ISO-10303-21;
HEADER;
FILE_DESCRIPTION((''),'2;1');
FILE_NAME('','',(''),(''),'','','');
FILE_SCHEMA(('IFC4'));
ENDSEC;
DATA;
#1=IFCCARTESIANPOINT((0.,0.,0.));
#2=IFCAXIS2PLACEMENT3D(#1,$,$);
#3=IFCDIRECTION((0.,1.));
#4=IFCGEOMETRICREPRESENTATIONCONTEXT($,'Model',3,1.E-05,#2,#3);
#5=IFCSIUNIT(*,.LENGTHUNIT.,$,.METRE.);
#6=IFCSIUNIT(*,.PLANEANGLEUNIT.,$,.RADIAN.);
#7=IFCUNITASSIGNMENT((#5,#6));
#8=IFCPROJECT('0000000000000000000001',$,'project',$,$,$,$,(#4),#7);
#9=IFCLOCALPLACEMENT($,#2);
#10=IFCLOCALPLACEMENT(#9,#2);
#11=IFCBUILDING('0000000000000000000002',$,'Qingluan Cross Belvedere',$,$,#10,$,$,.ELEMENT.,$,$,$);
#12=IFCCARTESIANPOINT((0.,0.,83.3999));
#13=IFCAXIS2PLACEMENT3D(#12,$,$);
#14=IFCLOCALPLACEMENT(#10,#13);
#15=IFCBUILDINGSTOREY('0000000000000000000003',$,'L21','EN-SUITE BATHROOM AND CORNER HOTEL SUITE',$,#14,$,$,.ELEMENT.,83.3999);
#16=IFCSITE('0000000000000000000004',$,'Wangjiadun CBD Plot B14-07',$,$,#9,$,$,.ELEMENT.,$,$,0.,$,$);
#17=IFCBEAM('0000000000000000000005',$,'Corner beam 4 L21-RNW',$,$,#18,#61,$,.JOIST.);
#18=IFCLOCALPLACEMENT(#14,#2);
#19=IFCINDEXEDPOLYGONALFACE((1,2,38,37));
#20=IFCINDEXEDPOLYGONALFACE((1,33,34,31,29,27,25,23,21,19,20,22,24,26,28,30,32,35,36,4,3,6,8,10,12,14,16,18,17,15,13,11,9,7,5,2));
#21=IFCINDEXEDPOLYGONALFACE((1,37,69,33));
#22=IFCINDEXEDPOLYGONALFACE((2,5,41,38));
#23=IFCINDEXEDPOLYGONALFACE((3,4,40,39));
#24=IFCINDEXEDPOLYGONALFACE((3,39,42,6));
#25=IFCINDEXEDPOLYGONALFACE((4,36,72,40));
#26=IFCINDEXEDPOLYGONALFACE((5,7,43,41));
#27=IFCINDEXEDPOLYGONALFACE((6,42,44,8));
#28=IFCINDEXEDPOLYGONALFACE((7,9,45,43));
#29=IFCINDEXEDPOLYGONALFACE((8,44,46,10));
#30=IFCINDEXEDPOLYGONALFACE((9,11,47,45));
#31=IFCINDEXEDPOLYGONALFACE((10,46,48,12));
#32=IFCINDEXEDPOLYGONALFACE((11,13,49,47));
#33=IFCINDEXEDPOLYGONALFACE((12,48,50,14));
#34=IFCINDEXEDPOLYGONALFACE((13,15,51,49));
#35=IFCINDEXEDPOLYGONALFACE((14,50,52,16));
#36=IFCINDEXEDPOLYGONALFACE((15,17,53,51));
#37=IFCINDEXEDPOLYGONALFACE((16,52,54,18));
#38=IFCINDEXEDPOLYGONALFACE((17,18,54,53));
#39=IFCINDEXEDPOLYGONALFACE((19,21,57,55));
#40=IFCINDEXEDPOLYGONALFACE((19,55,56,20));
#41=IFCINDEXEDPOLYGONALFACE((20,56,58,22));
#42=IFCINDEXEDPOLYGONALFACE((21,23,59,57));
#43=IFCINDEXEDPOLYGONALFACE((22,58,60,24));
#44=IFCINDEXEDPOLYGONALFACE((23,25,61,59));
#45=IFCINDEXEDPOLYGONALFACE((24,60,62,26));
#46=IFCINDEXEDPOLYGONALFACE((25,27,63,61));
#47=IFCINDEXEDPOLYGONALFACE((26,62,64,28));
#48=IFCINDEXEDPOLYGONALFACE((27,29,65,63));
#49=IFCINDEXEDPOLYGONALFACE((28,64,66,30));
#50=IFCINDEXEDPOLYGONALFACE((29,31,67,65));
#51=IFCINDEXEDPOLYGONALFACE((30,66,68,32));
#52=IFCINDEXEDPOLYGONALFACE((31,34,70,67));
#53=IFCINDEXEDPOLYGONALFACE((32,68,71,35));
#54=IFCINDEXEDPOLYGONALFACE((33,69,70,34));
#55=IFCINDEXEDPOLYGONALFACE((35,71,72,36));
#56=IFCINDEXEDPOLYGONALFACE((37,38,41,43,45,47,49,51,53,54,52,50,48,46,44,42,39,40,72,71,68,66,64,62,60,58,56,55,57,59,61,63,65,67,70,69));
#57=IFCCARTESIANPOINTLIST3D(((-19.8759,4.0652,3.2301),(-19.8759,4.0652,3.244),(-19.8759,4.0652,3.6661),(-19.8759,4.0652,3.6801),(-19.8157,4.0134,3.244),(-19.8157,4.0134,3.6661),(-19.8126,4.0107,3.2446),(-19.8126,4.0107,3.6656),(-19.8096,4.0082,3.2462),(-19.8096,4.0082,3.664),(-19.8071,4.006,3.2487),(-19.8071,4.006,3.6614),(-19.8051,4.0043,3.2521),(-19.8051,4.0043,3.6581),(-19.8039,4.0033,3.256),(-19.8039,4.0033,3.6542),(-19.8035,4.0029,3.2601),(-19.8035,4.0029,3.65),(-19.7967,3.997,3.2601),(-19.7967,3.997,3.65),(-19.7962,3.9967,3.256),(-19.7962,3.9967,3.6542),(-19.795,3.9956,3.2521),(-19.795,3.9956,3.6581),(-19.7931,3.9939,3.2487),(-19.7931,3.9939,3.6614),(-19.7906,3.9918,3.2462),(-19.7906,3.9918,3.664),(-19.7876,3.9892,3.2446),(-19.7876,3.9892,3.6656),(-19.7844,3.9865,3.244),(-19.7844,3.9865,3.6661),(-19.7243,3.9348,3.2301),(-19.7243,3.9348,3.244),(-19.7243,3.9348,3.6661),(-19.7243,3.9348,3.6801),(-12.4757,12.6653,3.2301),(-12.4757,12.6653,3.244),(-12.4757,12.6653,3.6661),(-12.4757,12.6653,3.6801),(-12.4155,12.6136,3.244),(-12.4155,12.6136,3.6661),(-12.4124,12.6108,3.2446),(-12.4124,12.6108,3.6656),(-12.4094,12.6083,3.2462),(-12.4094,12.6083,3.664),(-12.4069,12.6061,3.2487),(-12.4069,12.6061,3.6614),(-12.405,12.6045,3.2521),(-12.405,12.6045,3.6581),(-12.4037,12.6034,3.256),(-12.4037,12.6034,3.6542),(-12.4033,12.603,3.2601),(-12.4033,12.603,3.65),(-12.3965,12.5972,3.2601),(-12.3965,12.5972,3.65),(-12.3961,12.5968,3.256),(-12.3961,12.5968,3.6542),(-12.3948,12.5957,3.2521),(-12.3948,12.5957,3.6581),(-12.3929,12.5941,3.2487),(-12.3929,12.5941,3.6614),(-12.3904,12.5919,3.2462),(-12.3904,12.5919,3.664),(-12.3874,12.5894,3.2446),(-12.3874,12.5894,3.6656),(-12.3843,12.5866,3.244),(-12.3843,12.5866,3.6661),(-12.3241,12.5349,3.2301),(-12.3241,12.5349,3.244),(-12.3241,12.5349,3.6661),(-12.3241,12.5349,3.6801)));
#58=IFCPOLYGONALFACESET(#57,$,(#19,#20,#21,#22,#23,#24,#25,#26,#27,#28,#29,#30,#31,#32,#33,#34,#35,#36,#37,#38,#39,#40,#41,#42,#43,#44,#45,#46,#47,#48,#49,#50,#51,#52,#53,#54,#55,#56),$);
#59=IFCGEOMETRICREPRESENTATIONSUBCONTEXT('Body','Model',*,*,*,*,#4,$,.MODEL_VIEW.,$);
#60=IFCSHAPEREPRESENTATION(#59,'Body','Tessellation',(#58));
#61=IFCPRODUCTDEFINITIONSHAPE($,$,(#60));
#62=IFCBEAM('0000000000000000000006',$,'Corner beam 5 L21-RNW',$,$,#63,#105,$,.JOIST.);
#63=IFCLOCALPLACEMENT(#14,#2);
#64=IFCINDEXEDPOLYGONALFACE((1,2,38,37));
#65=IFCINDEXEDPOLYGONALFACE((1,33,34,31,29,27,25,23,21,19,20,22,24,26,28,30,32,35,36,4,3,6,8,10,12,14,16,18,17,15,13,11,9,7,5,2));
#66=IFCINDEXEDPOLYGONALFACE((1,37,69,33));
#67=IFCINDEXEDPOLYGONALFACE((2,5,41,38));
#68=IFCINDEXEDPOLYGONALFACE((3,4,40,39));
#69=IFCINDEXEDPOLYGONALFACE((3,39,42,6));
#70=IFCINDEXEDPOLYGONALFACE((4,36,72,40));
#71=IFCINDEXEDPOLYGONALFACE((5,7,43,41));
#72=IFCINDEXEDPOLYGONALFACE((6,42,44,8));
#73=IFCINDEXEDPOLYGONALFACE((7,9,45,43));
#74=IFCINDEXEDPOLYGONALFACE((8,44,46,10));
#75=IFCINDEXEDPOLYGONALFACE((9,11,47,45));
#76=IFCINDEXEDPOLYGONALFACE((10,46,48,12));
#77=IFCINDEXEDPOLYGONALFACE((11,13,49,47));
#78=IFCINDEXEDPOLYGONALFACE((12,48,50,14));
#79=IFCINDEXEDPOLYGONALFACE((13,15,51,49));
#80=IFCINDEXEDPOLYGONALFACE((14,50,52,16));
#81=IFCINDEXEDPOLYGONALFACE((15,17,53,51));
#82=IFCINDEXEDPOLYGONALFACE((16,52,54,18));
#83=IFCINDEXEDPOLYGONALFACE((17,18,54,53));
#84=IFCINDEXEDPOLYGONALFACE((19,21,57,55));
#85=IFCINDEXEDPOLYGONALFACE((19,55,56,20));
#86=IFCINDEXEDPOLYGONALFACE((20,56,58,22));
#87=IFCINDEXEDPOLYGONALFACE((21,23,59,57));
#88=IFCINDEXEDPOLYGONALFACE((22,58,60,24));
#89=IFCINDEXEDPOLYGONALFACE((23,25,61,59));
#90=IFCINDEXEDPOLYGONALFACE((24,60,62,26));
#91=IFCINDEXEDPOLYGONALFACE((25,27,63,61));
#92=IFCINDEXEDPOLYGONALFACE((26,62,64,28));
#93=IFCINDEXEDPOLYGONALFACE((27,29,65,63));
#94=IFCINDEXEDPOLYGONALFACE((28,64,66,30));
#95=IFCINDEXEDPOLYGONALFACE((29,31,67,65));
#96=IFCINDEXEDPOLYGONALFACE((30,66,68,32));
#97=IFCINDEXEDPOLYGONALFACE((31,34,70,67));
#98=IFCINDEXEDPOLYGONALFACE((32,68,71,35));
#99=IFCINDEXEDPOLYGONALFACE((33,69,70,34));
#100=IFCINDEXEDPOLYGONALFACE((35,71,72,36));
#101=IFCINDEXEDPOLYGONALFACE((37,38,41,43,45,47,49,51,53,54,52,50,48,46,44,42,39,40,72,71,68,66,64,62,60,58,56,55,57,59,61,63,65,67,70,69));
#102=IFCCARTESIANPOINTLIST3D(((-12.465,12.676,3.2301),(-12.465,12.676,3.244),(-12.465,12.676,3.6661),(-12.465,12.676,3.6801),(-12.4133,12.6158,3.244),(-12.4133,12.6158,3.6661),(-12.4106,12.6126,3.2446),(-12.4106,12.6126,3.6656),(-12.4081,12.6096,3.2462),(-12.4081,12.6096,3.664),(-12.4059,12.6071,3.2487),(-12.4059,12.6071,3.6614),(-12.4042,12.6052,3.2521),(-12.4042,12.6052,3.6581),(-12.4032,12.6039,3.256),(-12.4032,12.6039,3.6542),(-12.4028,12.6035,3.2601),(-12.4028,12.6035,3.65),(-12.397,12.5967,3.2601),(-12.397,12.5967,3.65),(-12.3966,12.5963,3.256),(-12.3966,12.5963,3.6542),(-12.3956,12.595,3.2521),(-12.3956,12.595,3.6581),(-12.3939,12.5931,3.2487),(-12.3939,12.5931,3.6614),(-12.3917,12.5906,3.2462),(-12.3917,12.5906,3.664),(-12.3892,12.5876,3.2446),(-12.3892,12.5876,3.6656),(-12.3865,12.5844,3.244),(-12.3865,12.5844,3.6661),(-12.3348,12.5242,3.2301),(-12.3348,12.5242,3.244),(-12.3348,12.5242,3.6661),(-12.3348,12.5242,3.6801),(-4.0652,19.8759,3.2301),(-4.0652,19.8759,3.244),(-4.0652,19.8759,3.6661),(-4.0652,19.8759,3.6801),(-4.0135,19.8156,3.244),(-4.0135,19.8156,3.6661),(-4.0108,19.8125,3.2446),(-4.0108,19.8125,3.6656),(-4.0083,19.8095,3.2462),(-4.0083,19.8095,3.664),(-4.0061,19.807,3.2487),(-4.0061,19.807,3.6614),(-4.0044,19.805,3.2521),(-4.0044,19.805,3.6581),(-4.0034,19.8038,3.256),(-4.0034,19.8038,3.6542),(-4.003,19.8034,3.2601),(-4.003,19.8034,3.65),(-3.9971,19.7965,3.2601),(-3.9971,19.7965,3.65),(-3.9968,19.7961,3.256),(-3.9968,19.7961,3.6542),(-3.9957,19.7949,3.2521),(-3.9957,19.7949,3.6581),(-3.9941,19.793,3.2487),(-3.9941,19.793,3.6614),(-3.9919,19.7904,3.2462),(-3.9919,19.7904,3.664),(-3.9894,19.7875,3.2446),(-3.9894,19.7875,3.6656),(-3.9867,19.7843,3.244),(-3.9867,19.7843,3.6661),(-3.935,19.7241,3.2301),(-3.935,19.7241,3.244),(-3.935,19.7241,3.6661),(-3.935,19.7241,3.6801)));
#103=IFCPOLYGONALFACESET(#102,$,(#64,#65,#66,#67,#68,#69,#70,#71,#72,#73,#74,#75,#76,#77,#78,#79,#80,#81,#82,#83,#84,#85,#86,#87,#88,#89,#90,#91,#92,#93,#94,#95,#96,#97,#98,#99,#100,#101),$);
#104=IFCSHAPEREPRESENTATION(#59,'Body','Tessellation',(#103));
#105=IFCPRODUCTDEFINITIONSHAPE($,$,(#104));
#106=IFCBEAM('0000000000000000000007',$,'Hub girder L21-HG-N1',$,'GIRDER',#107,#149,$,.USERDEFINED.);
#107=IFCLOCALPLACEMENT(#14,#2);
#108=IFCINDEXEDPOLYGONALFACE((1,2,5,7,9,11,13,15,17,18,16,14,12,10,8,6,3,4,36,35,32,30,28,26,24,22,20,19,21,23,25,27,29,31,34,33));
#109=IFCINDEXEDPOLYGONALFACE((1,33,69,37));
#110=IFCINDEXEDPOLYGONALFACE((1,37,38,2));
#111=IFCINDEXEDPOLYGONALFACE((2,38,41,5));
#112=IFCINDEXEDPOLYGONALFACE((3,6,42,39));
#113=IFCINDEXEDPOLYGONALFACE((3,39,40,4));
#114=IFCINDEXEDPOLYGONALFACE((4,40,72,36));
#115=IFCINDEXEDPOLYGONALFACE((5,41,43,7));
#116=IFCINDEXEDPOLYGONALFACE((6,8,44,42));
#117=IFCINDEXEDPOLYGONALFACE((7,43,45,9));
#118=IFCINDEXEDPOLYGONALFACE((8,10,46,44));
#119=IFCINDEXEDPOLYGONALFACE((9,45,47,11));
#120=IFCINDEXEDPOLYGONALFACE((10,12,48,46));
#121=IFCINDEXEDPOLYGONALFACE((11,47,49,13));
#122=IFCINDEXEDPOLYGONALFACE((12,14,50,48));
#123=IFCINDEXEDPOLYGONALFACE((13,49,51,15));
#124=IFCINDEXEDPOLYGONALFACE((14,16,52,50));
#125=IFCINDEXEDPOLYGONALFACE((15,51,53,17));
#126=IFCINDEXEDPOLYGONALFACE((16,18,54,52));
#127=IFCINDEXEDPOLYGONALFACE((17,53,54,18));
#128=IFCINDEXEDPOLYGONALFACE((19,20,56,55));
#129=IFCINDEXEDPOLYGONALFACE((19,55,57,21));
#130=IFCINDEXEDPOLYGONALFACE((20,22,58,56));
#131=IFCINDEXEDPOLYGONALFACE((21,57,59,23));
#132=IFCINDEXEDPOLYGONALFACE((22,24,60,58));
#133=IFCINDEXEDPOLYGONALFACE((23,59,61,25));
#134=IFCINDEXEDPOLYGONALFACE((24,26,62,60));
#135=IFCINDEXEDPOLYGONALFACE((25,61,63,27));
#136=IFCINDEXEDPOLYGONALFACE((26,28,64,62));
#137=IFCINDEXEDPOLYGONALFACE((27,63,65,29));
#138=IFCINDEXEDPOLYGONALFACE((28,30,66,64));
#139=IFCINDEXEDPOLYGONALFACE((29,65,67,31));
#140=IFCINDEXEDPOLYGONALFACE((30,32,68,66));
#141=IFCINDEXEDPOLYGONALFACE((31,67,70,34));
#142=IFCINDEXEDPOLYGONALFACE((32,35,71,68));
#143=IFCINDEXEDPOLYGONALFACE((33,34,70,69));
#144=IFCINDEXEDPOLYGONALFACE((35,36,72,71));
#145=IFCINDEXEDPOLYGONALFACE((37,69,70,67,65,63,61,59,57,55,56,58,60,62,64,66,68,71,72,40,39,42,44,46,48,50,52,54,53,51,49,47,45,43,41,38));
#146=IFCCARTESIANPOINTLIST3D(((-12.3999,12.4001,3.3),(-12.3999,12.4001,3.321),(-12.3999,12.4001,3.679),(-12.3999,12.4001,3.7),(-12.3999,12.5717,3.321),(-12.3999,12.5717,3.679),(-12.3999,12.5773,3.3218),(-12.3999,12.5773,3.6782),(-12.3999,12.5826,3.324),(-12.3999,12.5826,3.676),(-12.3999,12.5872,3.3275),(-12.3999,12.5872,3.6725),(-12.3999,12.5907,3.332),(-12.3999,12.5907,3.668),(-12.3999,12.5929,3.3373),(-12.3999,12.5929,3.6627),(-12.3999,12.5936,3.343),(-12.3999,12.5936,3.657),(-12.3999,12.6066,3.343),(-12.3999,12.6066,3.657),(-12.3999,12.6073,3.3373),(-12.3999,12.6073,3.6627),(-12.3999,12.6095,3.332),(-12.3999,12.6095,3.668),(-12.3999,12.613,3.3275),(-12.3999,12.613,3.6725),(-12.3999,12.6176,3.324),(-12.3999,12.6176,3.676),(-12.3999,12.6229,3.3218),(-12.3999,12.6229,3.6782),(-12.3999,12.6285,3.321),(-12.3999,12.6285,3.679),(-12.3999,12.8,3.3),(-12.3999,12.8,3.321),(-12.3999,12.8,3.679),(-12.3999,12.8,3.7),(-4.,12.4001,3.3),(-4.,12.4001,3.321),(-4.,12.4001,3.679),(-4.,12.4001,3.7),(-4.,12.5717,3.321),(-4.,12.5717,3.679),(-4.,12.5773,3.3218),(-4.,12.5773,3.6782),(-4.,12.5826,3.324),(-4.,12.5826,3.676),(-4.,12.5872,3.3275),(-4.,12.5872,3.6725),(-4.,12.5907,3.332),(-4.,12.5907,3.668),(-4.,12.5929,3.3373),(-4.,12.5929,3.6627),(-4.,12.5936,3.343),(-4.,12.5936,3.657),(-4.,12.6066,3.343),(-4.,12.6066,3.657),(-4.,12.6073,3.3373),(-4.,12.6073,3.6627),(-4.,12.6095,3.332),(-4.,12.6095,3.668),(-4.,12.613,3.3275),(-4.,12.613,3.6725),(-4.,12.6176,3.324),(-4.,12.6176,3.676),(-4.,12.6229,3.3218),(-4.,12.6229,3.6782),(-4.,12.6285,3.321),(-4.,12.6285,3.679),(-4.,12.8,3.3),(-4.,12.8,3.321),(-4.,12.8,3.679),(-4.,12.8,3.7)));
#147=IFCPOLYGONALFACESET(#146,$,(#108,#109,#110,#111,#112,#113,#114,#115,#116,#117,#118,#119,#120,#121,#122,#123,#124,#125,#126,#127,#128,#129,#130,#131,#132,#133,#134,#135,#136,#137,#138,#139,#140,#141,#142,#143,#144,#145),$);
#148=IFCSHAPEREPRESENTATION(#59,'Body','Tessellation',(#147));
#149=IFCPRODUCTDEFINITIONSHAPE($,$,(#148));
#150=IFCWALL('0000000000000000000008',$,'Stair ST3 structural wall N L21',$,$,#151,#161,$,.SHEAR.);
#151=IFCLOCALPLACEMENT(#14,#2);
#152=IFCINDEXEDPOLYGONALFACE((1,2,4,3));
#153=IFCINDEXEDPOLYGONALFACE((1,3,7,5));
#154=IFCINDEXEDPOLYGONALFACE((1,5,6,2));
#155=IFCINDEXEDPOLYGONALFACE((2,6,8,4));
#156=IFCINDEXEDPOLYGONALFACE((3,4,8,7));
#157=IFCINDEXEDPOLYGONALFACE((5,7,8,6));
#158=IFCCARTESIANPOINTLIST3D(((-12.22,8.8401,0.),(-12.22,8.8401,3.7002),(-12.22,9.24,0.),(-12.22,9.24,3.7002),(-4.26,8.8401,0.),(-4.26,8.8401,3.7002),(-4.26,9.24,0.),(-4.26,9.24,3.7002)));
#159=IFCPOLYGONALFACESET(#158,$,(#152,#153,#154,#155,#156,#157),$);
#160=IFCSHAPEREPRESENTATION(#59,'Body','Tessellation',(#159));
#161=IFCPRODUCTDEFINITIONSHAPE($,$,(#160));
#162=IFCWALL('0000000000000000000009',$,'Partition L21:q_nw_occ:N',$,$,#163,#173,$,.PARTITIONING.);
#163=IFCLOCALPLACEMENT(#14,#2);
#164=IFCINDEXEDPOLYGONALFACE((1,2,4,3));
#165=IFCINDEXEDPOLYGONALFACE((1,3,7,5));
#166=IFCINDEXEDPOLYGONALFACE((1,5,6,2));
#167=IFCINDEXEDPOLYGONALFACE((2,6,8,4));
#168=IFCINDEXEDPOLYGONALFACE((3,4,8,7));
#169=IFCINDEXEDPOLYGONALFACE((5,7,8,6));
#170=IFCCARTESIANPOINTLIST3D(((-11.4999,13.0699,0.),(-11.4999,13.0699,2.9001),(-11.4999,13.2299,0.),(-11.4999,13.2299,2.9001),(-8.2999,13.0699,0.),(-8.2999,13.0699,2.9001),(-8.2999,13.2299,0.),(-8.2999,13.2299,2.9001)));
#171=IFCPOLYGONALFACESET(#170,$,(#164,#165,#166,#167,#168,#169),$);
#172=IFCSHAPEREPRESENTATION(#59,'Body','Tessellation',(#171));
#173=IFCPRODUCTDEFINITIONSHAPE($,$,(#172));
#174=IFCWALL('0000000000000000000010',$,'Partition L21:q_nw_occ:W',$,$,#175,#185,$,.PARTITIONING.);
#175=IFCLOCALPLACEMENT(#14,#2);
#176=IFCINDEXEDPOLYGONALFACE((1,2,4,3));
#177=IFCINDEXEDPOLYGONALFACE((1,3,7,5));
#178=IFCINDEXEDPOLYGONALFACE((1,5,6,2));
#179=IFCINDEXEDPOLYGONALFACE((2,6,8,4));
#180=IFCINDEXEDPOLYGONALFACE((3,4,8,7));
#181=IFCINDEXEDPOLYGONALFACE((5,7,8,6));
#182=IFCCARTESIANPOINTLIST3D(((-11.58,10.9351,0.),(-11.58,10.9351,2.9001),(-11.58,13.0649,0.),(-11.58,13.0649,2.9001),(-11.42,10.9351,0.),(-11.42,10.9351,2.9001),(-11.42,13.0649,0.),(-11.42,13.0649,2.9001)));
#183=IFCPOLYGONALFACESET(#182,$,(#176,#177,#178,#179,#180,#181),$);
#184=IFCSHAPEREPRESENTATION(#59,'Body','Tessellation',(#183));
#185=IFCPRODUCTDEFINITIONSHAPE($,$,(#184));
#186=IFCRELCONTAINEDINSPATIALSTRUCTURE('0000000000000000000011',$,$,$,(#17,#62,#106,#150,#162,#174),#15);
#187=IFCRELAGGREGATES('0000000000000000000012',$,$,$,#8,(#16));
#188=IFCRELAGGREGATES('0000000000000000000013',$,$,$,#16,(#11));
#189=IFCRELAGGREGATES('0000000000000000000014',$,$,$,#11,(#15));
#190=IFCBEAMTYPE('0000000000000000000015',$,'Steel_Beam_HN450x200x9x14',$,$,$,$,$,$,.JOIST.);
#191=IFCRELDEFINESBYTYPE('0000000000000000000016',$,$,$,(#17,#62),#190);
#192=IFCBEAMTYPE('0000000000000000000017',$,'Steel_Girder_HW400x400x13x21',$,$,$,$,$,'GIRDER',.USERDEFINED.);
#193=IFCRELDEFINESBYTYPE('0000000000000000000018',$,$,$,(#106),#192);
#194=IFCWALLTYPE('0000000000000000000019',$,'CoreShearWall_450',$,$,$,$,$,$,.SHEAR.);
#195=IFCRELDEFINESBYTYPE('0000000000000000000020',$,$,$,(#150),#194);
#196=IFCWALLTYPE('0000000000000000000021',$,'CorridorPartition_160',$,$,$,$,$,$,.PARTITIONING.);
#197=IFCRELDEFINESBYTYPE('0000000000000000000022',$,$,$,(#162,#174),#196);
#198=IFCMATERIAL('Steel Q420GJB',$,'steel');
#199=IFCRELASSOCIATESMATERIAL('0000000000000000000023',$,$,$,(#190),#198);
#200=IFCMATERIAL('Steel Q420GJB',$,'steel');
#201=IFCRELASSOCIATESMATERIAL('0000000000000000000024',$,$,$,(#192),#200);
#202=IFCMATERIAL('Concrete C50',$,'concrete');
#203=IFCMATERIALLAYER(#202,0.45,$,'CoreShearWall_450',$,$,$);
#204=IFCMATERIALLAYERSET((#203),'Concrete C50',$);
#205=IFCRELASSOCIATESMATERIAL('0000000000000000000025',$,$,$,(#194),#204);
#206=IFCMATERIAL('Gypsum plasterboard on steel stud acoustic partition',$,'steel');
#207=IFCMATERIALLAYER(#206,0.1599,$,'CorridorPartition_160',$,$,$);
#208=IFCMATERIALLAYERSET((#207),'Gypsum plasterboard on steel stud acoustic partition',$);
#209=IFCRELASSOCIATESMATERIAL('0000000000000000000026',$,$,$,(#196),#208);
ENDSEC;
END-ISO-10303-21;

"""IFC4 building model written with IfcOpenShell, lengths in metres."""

from ifc_helpers import new_model, si_unit, direction, frame, frame_2d, origin, origin_2d, place, context, subcontext, project, spatial, rectangle, i_section, extrude, material, layer, layer_set, material_profile, profile_set, type_object, element, save


model = new_model("IFC4")

# Units and contexts
model_context = context("Model", 3, precision=1e-05, world=origin(), true_north=direction((0.0, 1.0)))
body_context = subcontext(model_context, "Body", "Model", "MODEL_VIEW")
ifc_project = project(units=[si_unit("LENGTHUNIT", "METRE"), si_unit("PLANEANGLEUNIT", "RADIAN")], contexts=[model_context])

# Site, building, storey
site_placement = place(None, origin())
site = spatial("IfcSite", under=ifc_project, at=site_placement, Name="Wangjiadun CBD Plot B14-07", CompositionType="ELEMENT", RefElevation=0.0)
building_placement = place(site_placement, origin())
building = spatial("IfcBuilding", under=site, at=building_placement, Name="Qingluan Cross Belvedere", CompositionType="ELEMENT")
storey_placement = place(building_placement, frame((0.0, 0.0, 83.3999)))
storey = spatial("IfcBuildingStorey", under=building, at=storey_placement, Name="L21", Description="EN-SUITE BATHROOM AND CORNER HOTEL SUITE", CompositionType="ELEMENT", Elevation=83.3999)

# Beams
ifc_material_1 = material(Name="Steel Q420GJB", Category="steel")
ifc_material_profile_1 = material_profile(ifc_material_1, i_section(OverallWidth=0.2, OverallDepth=0.45, WebThickness=0.009, FlangeThickness=0.0139, FilletRadius=0.0161, at=origin_2d()), Name="HN450x200x9x14")
ifc_profile_set_1 = profile_set([ifc_material_profile_1], Name="Steel Q420GJB")
beam_type_1 = type_object("IfcBeamType", Name="Steel_Beam_HN450x200x9x14", PredefinedType="JOIST", material=ifc_profile_set_1)
beam_1_placement = place(storey_placement, frame((-12.3999, 12.6001, 3.4551), z_axis=(-0.652245, -0.758008, 0.0), x_axis=(0.758008, -0.652245, 0.0)))
element("IfcBeam", 1, at=beam_1_placement, inside=storey, type_object=beam_type_1, Name="Corner beam 4 L21-RNW", PredefinedType="JOIST", context=body_context, shape_type="SweptSolid", body=[
    extrude(i_section(OverallWidth=0.2, OverallDepth=0.45, WebThickness=0.009, FlangeThickness=0.0139, FilletRadius=0.0161, at=origin_2d()), origin(), (0.0, 0.0, 1.0), 11.3457),
])
beam_2_placement = place(storey_placement, frame((-12.3999, 12.6001, 3.4551), z_axis=(0.759255, 0.650793, 0.0), x_axis=(-0.650793, 0.759255, 0.0)))
element("IfcBeam", 2, at=beam_2_placement, inside=storey, type_object=beam_type_1, Name="Corner beam 5 L21-RNW", PredefinedType="JOIST", context=body_context, shape_type="SweptSolid", body=[
    extrude(i_section(OverallWidth=0.2, OverallDepth=0.45, WebThickness=0.009, FlangeThickness=0.0139, FilletRadius=0.0161, at=origin_2d()), origin(), (0.0, 0.0, 1.0), 11.0632),
])
ifc_material_2 = material(Name="Steel Q420GJB", Category="steel")
ifc_material_profile_2 = material_profile(ifc_material_2, i_section(OverallWidth=0.3999, OverallDepth=0.3999, WebThickness=0.0129, FlangeThickness=0.021, FilletRadius=0.022, at=origin_2d()), Name="HW400x400x13x21")
ifc_profile_set_2 = profile_set([ifc_material_profile_2], Name="Steel Q420GJB")
beam_type_2 = type_object("IfcBeamType", Name="Steel_Girder_HW400x400x13x21", ElementType="GIRDER", PredefinedType="USERDEFINED", material=ifc_profile_set_2)
beam_3_placement = place(storey_placement, frame((-12.3999, 12.6001, 3.5), z_axis=(1.0, 0.0, 0.0), x_axis=(0.0, 1.0, 0.0)))
element("IfcBeam", 3, at=beam_3_placement, inside=storey, type_object=beam_type_2, Name="Hub girder L21-HG-N1", ObjectType="GIRDER", PredefinedType="USERDEFINED", context=body_context, shape_type="SweptSolid", body=[
    extrude(i_section(OverallWidth=0.3999, OverallDepth=0.3999, WebThickness=0.0129, FlangeThickness=0.021, FilletRadius=0.022, at=origin_2d()), origin(), (0.0, 0.0, 1.0), 8.3999),
])

# Wall
ifc_material_3 = material(Name="Concrete C50", Category="concrete")
ifc_layer_1 = layer(ifc_material_3, 0.45, Name="CoreShearWall_450")
ifc_layer_set_1 = layer_set([ifc_layer_1], Name="Concrete C50")
wall_type_1 = type_object("IfcWallType", Name="CoreShearWall_450", PredefinedType="SHEAR", material=ifc_layer_set_1)
wall_1_placement = place(storey_placement, frame((-12.22, 9.04, 0.0), z_axis=(0.0, 0.0, 1.0), x_axis=(1.0, 0.0, 0.0)))
element("IfcWall", 4, at=wall_1_placement, inside=storey, type_object=wall_type_1, Name="Stair ST3 structural wall N L21", PredefinedType="SHEAR", context=body_context, shape_type="SweptSolid", body=[
    extrude(rectangle(XDim=7.96, YDim=0.3999, at=frame_2d((3.98, 0.0))), origin(), (0.0, 0.0, 1.0), 3.7002),
])

# Shared definitions
ifc_material_4 = material(Name="Gypsum plasterboard on steel stud acoustic partition", Category="steel")
ifc_layer_2 = layer(ifc_material_4, 0.1599, Name="CorridorPartition_160")
ifc_layer_set_2 = layer_set([ifc_layer_2], Name="Gypsum plasterboard on steel stud acoustic partition")
wall_type_2 = type_object("IfcWallType", Name="CorridorPartition_160", PredefinedType="PARTITIONING", material=ifc_layer_set_2)

# Walls
wall_2_placement = place(storey_placement, frame((-11.5, 13.1499, 0.0), z_axis=(0.0, 0.0, 1.0), x_axis=(1.0, 0.0, 0.0)))
element("IfcWall", 5, at=wall_2_placement, inside=storey, type_object=wall_type_2, Name="Partition L21:q_nw_occ:N", PredefinedType="PARTITIONING", context=body_context, shape_type="SweptSolid", body=[
    extrude(rectangle(XDim=3.2, YDim=0.1599, at=frame_2d((1.6001, 0.0))), origin(), (0.0, 0.0, 1.0), 2.9001),
])
wall_3_placement = place(storey_placement, frame((-11.5, 10.9351, 0.0), z_axis=(0.0, 0.0, 1.0), x_axis=(0.0, 1.0, 0.0)))
element("IfcWall", 6, at=wall_3_placement, inside=storey, type_object=wall_type_2, Name="Partition L21:q_nw_occ:W", PredefinedType="PARTITIONING", context=body_context, shape_type="SweptSolid", body=[
    extrude(rectangle(XDim=2.1299, YDim=0.1599, at=frame_2d((1.0649, 0.0))), origin(), (0.0, 0.0, 1.0), 2.9001),
])

save(model, "model.ifc")
